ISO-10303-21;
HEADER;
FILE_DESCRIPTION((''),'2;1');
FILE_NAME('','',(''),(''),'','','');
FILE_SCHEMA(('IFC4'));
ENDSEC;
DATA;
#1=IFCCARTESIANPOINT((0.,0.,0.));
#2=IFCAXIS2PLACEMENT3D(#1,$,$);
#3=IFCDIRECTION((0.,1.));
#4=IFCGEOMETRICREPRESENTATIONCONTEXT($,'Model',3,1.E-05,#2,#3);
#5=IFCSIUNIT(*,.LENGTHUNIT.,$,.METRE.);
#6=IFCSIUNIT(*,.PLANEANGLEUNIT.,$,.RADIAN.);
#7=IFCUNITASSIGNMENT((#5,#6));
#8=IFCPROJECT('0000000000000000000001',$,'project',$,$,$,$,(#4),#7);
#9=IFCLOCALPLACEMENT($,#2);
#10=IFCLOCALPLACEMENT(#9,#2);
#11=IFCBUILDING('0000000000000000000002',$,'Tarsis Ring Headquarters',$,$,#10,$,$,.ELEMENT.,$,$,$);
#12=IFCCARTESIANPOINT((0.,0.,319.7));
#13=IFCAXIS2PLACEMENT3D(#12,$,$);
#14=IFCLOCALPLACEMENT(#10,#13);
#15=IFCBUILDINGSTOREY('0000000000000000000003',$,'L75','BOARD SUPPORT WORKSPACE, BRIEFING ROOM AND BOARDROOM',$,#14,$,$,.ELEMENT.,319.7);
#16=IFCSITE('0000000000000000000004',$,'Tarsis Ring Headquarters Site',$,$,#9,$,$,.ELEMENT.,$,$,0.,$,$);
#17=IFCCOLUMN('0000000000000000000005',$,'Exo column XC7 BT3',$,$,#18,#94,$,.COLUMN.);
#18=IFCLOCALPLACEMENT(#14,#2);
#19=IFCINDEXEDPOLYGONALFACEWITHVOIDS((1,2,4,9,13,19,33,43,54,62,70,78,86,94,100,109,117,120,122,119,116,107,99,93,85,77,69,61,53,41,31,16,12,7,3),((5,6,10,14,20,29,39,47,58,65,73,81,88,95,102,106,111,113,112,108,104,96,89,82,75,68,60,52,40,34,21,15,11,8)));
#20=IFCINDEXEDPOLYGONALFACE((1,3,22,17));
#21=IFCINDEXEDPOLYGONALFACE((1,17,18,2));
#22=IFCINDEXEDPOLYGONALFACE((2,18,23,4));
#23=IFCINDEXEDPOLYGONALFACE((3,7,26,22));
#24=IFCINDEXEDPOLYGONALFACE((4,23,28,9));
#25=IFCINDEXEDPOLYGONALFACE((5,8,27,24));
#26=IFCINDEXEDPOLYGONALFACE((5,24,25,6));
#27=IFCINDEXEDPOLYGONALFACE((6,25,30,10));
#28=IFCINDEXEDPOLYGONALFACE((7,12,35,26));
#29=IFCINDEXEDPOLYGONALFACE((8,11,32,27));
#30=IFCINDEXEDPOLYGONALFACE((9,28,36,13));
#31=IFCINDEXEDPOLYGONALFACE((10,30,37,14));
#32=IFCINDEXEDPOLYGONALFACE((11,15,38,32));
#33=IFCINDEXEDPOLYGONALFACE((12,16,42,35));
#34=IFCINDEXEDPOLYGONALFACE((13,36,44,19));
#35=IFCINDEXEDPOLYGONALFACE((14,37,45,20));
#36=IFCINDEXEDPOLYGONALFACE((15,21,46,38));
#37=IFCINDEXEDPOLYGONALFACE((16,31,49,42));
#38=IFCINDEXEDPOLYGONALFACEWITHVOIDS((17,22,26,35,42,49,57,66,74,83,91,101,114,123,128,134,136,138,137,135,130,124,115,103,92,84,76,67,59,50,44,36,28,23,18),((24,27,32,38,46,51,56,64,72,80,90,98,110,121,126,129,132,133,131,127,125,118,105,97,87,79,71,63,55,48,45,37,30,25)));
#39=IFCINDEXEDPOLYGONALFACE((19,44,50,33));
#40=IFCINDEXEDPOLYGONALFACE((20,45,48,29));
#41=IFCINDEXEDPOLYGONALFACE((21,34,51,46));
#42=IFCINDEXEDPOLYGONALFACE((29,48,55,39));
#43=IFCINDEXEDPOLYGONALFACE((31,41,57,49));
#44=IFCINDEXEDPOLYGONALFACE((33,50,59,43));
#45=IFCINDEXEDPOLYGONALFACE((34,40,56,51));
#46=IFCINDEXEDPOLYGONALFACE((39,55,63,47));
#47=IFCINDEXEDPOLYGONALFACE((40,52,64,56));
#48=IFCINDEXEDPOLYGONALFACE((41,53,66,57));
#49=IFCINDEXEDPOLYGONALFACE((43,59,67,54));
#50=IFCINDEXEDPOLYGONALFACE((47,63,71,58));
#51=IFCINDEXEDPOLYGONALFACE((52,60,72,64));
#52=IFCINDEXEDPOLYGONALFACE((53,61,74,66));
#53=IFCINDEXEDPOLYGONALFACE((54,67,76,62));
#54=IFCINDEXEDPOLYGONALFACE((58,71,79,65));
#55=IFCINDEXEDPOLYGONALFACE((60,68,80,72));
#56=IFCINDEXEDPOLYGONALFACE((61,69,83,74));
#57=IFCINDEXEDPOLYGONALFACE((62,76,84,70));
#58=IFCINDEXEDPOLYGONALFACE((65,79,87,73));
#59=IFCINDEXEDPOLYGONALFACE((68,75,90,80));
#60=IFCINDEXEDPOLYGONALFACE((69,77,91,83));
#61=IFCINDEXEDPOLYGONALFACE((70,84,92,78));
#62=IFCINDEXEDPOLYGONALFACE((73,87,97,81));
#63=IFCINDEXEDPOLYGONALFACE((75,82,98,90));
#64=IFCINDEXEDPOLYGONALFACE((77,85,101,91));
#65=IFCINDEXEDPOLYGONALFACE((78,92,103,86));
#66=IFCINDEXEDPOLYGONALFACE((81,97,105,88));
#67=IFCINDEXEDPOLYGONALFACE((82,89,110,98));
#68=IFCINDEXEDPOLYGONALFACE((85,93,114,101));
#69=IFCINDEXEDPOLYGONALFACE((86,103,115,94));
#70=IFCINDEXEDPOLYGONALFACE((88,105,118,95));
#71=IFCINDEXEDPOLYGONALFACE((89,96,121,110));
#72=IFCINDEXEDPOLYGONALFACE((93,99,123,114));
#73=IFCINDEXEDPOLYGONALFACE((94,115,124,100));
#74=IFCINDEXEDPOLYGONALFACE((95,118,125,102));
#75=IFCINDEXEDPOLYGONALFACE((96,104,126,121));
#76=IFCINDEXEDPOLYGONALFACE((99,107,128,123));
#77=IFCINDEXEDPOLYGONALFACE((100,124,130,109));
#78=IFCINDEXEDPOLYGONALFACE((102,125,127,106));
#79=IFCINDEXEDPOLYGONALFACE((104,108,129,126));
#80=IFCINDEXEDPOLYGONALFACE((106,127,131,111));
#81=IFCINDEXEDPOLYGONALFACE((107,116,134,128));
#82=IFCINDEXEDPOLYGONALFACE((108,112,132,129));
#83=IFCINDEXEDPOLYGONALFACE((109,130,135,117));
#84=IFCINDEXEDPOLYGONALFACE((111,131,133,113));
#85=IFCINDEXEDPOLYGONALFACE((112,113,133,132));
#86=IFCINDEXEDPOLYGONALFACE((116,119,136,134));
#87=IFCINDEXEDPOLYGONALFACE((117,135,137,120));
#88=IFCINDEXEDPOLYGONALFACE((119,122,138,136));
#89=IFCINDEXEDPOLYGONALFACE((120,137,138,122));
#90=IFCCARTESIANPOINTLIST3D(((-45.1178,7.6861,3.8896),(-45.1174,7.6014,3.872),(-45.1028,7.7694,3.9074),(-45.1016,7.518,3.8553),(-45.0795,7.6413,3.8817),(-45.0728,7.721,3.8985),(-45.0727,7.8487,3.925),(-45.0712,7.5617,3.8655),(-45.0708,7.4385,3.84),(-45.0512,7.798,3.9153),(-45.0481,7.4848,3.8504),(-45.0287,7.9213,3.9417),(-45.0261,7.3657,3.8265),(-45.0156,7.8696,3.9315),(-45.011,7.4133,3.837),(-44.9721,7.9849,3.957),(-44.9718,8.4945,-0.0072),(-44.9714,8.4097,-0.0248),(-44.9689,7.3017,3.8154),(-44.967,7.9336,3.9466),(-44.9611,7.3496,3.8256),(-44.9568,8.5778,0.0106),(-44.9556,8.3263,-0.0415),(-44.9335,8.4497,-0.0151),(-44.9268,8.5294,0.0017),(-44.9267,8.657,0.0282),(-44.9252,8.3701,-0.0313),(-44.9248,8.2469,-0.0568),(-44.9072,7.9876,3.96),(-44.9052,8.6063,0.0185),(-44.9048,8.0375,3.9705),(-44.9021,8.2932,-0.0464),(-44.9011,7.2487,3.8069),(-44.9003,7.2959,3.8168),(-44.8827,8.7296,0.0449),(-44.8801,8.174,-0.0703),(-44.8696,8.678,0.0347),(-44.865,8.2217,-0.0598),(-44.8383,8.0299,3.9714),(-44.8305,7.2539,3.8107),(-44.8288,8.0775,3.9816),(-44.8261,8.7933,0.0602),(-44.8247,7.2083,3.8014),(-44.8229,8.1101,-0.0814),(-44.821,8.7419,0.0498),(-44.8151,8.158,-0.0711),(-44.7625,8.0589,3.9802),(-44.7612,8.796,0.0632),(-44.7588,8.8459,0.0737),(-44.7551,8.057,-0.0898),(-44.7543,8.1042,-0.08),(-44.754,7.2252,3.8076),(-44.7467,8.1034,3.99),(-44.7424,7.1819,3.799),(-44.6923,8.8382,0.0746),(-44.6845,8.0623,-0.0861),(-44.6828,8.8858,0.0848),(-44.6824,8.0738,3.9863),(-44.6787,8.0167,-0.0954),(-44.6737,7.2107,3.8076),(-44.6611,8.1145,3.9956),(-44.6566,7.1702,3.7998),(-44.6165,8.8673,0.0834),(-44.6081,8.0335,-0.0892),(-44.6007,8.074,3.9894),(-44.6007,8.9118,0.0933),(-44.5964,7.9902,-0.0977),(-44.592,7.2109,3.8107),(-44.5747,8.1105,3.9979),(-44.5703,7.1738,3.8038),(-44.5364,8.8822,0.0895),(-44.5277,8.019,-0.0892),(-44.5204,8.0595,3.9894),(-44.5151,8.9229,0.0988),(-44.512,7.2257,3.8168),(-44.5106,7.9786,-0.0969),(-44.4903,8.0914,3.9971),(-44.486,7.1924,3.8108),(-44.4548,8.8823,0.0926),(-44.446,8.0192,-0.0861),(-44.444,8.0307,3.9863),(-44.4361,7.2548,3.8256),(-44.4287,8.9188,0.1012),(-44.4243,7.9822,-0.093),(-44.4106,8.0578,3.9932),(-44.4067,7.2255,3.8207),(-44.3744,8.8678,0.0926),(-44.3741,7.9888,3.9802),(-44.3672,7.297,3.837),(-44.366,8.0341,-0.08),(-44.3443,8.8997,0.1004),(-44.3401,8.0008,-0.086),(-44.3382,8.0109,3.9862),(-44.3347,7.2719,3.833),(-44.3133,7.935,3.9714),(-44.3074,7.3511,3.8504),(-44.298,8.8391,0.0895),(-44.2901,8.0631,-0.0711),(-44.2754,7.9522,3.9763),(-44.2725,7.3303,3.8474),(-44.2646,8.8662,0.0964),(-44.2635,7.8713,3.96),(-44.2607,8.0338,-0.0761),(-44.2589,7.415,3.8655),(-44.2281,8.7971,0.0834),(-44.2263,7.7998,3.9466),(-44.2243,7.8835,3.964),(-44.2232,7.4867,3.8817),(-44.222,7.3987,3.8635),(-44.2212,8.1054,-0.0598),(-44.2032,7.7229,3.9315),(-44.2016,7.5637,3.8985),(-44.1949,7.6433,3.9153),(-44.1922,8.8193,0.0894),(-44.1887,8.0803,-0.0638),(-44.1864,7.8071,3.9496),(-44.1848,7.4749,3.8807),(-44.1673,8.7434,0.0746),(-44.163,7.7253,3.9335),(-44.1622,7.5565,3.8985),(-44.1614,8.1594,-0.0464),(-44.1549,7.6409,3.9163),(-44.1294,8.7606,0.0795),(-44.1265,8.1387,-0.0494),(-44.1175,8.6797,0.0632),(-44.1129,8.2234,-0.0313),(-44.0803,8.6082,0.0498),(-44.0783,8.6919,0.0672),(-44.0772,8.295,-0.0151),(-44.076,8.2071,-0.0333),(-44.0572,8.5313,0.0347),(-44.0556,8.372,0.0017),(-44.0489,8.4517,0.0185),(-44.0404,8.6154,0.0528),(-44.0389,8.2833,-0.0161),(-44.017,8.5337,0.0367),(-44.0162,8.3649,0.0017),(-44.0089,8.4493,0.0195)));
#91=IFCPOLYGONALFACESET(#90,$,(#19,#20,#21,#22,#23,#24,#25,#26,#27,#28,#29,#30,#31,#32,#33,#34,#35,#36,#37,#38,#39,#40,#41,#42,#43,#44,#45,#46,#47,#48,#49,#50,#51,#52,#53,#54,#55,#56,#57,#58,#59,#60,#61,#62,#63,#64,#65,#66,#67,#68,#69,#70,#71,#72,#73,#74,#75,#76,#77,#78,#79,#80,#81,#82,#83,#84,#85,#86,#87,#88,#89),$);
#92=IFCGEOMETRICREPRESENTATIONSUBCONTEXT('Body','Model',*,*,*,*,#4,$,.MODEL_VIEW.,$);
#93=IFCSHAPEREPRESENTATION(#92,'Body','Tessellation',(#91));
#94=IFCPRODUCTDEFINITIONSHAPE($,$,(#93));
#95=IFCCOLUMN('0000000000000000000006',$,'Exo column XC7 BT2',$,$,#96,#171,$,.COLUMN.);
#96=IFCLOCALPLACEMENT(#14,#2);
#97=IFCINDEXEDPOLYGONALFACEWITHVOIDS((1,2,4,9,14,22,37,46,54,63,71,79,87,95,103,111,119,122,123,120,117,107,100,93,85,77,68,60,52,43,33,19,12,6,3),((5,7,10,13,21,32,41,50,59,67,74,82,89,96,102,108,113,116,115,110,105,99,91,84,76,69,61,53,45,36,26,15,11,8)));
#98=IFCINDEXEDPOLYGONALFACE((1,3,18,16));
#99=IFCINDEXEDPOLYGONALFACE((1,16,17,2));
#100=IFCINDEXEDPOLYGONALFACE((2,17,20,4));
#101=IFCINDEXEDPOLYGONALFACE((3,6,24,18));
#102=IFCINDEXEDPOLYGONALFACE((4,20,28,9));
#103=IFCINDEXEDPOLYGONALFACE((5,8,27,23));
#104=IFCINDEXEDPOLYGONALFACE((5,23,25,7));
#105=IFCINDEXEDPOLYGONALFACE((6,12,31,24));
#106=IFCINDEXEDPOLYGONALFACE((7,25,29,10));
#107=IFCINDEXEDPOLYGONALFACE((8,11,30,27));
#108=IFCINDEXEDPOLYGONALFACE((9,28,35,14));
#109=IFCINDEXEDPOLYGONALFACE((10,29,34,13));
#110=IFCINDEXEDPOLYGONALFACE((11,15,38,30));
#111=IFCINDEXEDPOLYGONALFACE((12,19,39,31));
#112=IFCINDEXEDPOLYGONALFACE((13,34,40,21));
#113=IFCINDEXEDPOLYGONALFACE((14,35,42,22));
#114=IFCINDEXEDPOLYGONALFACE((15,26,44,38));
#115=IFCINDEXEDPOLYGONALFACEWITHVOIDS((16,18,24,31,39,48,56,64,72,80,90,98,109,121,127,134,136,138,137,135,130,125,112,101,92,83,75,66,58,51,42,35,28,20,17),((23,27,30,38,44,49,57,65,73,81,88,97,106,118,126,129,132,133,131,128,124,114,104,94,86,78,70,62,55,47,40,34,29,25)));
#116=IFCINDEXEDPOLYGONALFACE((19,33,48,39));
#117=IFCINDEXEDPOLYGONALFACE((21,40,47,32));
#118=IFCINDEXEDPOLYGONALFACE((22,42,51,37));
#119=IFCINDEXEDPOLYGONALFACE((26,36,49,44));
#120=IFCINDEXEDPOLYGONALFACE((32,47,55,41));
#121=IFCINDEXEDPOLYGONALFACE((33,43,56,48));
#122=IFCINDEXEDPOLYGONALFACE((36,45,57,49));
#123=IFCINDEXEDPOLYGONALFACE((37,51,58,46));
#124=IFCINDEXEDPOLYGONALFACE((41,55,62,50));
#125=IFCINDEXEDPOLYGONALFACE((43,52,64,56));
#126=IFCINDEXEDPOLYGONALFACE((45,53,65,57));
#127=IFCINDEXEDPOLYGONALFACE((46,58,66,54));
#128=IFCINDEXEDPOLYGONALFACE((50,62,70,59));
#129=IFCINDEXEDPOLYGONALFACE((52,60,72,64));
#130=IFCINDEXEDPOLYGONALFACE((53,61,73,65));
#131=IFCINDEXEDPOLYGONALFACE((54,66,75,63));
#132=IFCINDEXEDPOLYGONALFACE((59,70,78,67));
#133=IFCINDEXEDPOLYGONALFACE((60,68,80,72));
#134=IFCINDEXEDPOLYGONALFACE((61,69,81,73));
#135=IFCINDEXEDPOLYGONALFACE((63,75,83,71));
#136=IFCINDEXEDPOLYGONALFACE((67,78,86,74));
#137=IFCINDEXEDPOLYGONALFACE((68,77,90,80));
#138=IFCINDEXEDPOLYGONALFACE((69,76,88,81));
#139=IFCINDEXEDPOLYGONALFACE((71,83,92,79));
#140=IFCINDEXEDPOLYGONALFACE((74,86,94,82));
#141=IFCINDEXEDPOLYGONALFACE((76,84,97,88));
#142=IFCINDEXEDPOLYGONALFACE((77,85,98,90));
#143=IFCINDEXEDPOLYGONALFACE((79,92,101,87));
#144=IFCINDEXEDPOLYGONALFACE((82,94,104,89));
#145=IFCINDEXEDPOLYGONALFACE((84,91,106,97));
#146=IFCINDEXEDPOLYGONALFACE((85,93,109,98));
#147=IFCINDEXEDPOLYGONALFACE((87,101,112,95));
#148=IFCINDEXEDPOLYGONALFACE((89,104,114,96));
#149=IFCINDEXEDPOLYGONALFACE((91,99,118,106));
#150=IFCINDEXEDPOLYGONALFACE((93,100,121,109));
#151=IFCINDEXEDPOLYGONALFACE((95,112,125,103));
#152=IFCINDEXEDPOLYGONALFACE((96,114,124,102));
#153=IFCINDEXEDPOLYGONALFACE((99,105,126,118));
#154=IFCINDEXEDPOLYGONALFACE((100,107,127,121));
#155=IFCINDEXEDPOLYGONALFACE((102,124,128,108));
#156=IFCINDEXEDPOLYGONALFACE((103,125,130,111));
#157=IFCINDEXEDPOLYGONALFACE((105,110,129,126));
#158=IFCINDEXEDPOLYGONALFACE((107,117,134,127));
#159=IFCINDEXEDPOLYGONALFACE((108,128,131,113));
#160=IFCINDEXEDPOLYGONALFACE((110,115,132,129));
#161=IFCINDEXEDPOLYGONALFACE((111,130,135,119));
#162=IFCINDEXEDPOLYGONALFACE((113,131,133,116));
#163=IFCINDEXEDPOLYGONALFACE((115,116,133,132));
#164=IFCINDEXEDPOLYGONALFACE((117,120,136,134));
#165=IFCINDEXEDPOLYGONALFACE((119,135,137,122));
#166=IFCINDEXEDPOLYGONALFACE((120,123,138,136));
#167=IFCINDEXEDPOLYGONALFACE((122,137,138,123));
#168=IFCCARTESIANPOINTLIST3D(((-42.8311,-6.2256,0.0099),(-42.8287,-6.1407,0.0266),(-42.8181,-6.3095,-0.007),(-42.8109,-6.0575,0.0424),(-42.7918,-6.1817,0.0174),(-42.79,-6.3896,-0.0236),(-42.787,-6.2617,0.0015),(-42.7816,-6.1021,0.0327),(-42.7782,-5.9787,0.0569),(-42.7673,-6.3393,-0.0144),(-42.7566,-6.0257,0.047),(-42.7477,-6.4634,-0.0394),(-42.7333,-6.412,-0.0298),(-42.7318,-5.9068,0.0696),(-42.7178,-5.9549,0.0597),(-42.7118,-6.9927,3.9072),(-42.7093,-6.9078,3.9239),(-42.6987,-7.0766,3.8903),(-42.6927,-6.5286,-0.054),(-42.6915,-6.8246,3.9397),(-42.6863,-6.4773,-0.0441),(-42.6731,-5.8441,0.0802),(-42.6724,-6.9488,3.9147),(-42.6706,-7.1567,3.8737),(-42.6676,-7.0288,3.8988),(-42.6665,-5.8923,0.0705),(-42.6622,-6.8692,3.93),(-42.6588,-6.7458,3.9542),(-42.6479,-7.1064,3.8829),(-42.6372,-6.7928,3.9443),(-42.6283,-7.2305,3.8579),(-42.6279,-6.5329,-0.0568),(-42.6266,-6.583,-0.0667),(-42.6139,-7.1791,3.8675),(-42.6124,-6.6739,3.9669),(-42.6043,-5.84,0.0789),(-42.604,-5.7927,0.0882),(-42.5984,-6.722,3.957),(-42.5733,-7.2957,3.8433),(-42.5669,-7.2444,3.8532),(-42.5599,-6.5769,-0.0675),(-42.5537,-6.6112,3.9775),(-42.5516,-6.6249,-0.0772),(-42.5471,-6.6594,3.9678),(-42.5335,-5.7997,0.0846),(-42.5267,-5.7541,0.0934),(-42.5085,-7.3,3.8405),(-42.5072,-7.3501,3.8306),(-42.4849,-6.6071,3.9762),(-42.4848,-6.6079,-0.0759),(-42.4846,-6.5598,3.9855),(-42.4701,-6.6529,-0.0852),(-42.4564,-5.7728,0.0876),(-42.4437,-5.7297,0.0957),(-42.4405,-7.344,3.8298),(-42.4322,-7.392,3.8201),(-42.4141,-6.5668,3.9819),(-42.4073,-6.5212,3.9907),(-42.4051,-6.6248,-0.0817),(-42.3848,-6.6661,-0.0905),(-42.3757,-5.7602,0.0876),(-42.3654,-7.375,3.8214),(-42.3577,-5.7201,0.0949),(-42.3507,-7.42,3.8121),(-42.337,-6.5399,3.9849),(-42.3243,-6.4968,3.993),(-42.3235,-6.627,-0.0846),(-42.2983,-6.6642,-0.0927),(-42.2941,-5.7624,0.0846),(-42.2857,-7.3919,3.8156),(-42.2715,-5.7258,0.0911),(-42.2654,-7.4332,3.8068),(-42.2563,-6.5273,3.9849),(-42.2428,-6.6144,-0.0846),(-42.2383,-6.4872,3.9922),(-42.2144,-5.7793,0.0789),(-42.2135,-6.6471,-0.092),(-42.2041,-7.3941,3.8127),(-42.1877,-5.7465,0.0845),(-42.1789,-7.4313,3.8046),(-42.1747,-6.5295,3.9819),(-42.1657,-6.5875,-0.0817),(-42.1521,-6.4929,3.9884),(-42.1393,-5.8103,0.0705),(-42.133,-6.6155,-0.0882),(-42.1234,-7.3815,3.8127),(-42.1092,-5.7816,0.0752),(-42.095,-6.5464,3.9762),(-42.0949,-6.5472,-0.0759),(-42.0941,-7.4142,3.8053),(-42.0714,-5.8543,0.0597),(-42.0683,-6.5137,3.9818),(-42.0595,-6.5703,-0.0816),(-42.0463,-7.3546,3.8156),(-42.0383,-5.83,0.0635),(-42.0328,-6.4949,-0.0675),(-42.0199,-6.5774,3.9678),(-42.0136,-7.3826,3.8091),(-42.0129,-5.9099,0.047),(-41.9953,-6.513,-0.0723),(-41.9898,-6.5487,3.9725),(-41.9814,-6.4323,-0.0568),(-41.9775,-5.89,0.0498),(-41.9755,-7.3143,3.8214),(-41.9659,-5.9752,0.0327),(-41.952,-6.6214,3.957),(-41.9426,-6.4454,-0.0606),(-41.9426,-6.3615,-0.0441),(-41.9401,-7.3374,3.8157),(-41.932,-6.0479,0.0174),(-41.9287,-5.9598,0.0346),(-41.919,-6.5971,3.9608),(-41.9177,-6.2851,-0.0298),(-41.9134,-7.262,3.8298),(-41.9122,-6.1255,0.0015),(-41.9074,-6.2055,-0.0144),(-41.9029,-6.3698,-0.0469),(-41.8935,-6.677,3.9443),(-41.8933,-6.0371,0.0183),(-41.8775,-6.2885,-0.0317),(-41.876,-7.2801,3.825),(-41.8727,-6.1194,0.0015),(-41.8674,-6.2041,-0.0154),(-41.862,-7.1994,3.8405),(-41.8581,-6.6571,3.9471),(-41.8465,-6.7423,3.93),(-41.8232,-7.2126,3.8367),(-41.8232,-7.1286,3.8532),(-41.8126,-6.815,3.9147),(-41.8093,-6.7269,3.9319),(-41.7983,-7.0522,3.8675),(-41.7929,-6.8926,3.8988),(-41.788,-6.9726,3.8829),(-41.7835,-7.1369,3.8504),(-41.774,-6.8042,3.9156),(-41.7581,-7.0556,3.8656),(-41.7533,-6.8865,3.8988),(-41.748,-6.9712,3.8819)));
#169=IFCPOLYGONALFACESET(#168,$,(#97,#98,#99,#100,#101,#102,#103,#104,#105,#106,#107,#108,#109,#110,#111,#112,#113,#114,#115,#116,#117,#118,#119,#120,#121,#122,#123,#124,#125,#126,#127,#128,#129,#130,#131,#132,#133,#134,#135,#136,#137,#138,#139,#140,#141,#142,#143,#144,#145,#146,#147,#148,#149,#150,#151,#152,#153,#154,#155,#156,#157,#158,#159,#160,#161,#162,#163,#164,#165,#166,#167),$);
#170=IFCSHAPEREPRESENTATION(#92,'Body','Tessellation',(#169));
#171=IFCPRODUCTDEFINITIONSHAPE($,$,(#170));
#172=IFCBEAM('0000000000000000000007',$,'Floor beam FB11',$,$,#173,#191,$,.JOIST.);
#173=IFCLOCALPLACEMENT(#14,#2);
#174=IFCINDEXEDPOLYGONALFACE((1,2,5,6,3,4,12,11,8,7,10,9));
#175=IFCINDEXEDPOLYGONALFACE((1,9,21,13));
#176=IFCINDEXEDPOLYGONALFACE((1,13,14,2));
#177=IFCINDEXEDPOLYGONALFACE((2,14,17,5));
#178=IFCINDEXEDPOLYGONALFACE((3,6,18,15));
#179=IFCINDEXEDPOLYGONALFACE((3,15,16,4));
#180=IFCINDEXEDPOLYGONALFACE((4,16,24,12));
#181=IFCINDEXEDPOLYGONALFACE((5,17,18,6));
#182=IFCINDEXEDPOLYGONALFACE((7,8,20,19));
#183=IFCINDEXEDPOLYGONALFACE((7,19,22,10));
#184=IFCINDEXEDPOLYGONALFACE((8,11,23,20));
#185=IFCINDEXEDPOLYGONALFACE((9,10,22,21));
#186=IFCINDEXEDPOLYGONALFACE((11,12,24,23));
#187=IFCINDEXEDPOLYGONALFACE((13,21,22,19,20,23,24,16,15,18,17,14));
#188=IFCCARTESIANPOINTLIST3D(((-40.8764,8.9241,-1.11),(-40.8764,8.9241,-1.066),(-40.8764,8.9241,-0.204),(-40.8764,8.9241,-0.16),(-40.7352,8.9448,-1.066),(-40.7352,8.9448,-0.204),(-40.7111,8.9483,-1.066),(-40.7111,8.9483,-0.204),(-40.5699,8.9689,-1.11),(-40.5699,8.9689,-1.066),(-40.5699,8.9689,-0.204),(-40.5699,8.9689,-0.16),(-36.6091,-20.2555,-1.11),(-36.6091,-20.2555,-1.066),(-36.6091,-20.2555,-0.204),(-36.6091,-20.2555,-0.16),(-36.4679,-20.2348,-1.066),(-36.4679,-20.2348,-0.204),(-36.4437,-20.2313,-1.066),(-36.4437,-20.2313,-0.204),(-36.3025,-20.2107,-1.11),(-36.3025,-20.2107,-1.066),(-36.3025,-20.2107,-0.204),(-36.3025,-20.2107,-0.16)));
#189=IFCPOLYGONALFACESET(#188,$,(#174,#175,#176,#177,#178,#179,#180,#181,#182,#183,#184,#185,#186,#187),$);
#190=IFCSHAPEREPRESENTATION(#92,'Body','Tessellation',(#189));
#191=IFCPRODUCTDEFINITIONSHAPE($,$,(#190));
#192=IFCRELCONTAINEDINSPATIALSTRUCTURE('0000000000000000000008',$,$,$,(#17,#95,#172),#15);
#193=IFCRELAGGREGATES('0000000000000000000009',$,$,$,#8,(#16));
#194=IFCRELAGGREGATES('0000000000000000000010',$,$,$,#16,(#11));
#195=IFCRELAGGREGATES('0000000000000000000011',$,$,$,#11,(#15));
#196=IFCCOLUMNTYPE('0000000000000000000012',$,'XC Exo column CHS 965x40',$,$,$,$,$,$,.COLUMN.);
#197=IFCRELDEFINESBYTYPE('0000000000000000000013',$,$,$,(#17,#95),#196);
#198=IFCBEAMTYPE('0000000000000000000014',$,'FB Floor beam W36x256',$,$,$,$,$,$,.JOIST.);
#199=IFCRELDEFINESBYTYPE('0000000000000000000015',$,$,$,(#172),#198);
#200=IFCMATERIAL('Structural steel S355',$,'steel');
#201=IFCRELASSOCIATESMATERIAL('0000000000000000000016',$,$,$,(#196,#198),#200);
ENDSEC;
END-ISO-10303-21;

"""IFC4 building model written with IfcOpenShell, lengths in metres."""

from ifc_helpers import new_model, si_unit, direction, frame, origin, origin_2d, place, context, subcontext, project, spatial, hollow_circle, i_section, extrude, material, material_profile, profile_set, type_object, element, save


model = new_model("IFC4")

# Units and contexts
model_context = context("Model", 3, precision=1e-05, world=origin(), true_north=direction((0.0, 1.0)))
body_context = subcontext(model_context, "Body", "Model", "MODEL_VIEW")
ifc_project = project(units=[si_unit("LENGTHUNIT", "METRE"), si_unit("PLANEANGLEUNIT", "RADIAN")], contexts=[model_context])

# Site, building, storey
site_placement = place(None, origin())
site = spatial("IfcSite", under=ifc_project, at=site_placement, Name="Tarsis Ring Headquarters Site", CompositionType="ELEMENT", RefElevation=0.0)
building_placement = place(site_placement, origin())
building = spatial("IfcBuilding", under=site, at=building_placement, Name="Tarsis Ring Headquarters", CompositionType="ELEMENT")
storey_placement = place(building_placement, frame((0.0, 0.0, 319.7)))
storey = spatial("IfcBuildingStorey", under=building, at=storey_placement, Name="L75", Description="BOARD SUPPORT WORKSPACE, BRIEFING ROOM AND BOARDROOM", CompositionType="ELEMENT", Elevation=319.7)

# Columns
ifc_material_1 = material(Name="Structural steel S355", Category="steel")
ifc_material_profile_1 = material_profile(ifc_material_1, hollow_circle(Radius=0.4827, WallThickness=0.04, at=origin_2d()), Name="CHS 965x40")
ifc_profile_set_1 = profile_set([ifc_material_profile_1], Name="Structural steel S355")
column_type = type_object("IfcColumnType", Name="XC Exo column CHS 965x40", PredefinedType="COLUMN", material=ifc_profile_set_1)
column_1_placement = place(storey_placement, frame((-44.4912, 8.4507, 0.0017), z_axis=(-0.036661, -0.202982, 0.978496), x_axis=(0.984078, -0.177734, 0.0)))
element("IfcColumn", 1, at=column_1_placement, inside=storey, type_object=column_type, Name="Exo column XC7 BT3", PredefinedType="COLUMN", context=body_context, shape_type="SweptSolid", body=[
    extrude(hollow_circle(Radius=0.4827, WallThickness=0.04, at=origin_2d()), origin(), (0.0, 0.0, 1.0), 3.9824),
])
column_2_placement = place(storey_placement, frame((-42.3496, -6.1936, 0.0015), z_axis=(0.030043, -0.193038, 0.980731), x_axis=(0.988105, 0.153782, 0.0)))
element("IfcColumn", 2, at=column_2_placement, inside=storey, type_object=column_type, Name="Exo column XC7 BT2", PredefinedType="COLUMN", context=body_context, shape_type="SweptSolid", body=[
    extrude(hollow_circle(Radius=0.4827, WallThickness=0.04, at=origin_2d()), origin(), (0.0, 0.0, 1.0), 3.9739),
])

# Beam
ifc_material_profile_2 = material_profile(ifc_material_1, i_section(OverallWidth=0.3098, OverallDepth=0.95, WebThickness=0.0244, FlangeThickness=0.0439, at=origin_2d()), Name="W36x256")
ifc_profile_set_2 = profile_set([ifc_material_profile_2], Name="Structural steel S355")
beam_type_1 = type_object("IfcBeamType", Name="FB Floor beam W36x256", PredefinedType="JOIST", material=ifc_profile_set_2)
beam_1_placement = place(storey_placement, frame((-40.7231, 8.9465, -0.635), z_axis=(0.144704, -0.989475, 0.0), x_axis=(0.989475, 0.144704, 0.0)))
element("IfcBeam", 3, at=beam_1_placement, inside=storey, type_object=beam_type_1, Name="Floor beam FB11", PredefinedType="JOIST", context=body_context, shape_type="SweptSolid", body=[
    extrude(i_section(OverallWidth=0.3098, OverallDepth=0.95, WebThickness=0.0244, FlangeThickness=0.0439, at=origin_2d()), origin(), (0.0, 0.0, 1.0), 29.49),
])

save(model, "model.ifc")
